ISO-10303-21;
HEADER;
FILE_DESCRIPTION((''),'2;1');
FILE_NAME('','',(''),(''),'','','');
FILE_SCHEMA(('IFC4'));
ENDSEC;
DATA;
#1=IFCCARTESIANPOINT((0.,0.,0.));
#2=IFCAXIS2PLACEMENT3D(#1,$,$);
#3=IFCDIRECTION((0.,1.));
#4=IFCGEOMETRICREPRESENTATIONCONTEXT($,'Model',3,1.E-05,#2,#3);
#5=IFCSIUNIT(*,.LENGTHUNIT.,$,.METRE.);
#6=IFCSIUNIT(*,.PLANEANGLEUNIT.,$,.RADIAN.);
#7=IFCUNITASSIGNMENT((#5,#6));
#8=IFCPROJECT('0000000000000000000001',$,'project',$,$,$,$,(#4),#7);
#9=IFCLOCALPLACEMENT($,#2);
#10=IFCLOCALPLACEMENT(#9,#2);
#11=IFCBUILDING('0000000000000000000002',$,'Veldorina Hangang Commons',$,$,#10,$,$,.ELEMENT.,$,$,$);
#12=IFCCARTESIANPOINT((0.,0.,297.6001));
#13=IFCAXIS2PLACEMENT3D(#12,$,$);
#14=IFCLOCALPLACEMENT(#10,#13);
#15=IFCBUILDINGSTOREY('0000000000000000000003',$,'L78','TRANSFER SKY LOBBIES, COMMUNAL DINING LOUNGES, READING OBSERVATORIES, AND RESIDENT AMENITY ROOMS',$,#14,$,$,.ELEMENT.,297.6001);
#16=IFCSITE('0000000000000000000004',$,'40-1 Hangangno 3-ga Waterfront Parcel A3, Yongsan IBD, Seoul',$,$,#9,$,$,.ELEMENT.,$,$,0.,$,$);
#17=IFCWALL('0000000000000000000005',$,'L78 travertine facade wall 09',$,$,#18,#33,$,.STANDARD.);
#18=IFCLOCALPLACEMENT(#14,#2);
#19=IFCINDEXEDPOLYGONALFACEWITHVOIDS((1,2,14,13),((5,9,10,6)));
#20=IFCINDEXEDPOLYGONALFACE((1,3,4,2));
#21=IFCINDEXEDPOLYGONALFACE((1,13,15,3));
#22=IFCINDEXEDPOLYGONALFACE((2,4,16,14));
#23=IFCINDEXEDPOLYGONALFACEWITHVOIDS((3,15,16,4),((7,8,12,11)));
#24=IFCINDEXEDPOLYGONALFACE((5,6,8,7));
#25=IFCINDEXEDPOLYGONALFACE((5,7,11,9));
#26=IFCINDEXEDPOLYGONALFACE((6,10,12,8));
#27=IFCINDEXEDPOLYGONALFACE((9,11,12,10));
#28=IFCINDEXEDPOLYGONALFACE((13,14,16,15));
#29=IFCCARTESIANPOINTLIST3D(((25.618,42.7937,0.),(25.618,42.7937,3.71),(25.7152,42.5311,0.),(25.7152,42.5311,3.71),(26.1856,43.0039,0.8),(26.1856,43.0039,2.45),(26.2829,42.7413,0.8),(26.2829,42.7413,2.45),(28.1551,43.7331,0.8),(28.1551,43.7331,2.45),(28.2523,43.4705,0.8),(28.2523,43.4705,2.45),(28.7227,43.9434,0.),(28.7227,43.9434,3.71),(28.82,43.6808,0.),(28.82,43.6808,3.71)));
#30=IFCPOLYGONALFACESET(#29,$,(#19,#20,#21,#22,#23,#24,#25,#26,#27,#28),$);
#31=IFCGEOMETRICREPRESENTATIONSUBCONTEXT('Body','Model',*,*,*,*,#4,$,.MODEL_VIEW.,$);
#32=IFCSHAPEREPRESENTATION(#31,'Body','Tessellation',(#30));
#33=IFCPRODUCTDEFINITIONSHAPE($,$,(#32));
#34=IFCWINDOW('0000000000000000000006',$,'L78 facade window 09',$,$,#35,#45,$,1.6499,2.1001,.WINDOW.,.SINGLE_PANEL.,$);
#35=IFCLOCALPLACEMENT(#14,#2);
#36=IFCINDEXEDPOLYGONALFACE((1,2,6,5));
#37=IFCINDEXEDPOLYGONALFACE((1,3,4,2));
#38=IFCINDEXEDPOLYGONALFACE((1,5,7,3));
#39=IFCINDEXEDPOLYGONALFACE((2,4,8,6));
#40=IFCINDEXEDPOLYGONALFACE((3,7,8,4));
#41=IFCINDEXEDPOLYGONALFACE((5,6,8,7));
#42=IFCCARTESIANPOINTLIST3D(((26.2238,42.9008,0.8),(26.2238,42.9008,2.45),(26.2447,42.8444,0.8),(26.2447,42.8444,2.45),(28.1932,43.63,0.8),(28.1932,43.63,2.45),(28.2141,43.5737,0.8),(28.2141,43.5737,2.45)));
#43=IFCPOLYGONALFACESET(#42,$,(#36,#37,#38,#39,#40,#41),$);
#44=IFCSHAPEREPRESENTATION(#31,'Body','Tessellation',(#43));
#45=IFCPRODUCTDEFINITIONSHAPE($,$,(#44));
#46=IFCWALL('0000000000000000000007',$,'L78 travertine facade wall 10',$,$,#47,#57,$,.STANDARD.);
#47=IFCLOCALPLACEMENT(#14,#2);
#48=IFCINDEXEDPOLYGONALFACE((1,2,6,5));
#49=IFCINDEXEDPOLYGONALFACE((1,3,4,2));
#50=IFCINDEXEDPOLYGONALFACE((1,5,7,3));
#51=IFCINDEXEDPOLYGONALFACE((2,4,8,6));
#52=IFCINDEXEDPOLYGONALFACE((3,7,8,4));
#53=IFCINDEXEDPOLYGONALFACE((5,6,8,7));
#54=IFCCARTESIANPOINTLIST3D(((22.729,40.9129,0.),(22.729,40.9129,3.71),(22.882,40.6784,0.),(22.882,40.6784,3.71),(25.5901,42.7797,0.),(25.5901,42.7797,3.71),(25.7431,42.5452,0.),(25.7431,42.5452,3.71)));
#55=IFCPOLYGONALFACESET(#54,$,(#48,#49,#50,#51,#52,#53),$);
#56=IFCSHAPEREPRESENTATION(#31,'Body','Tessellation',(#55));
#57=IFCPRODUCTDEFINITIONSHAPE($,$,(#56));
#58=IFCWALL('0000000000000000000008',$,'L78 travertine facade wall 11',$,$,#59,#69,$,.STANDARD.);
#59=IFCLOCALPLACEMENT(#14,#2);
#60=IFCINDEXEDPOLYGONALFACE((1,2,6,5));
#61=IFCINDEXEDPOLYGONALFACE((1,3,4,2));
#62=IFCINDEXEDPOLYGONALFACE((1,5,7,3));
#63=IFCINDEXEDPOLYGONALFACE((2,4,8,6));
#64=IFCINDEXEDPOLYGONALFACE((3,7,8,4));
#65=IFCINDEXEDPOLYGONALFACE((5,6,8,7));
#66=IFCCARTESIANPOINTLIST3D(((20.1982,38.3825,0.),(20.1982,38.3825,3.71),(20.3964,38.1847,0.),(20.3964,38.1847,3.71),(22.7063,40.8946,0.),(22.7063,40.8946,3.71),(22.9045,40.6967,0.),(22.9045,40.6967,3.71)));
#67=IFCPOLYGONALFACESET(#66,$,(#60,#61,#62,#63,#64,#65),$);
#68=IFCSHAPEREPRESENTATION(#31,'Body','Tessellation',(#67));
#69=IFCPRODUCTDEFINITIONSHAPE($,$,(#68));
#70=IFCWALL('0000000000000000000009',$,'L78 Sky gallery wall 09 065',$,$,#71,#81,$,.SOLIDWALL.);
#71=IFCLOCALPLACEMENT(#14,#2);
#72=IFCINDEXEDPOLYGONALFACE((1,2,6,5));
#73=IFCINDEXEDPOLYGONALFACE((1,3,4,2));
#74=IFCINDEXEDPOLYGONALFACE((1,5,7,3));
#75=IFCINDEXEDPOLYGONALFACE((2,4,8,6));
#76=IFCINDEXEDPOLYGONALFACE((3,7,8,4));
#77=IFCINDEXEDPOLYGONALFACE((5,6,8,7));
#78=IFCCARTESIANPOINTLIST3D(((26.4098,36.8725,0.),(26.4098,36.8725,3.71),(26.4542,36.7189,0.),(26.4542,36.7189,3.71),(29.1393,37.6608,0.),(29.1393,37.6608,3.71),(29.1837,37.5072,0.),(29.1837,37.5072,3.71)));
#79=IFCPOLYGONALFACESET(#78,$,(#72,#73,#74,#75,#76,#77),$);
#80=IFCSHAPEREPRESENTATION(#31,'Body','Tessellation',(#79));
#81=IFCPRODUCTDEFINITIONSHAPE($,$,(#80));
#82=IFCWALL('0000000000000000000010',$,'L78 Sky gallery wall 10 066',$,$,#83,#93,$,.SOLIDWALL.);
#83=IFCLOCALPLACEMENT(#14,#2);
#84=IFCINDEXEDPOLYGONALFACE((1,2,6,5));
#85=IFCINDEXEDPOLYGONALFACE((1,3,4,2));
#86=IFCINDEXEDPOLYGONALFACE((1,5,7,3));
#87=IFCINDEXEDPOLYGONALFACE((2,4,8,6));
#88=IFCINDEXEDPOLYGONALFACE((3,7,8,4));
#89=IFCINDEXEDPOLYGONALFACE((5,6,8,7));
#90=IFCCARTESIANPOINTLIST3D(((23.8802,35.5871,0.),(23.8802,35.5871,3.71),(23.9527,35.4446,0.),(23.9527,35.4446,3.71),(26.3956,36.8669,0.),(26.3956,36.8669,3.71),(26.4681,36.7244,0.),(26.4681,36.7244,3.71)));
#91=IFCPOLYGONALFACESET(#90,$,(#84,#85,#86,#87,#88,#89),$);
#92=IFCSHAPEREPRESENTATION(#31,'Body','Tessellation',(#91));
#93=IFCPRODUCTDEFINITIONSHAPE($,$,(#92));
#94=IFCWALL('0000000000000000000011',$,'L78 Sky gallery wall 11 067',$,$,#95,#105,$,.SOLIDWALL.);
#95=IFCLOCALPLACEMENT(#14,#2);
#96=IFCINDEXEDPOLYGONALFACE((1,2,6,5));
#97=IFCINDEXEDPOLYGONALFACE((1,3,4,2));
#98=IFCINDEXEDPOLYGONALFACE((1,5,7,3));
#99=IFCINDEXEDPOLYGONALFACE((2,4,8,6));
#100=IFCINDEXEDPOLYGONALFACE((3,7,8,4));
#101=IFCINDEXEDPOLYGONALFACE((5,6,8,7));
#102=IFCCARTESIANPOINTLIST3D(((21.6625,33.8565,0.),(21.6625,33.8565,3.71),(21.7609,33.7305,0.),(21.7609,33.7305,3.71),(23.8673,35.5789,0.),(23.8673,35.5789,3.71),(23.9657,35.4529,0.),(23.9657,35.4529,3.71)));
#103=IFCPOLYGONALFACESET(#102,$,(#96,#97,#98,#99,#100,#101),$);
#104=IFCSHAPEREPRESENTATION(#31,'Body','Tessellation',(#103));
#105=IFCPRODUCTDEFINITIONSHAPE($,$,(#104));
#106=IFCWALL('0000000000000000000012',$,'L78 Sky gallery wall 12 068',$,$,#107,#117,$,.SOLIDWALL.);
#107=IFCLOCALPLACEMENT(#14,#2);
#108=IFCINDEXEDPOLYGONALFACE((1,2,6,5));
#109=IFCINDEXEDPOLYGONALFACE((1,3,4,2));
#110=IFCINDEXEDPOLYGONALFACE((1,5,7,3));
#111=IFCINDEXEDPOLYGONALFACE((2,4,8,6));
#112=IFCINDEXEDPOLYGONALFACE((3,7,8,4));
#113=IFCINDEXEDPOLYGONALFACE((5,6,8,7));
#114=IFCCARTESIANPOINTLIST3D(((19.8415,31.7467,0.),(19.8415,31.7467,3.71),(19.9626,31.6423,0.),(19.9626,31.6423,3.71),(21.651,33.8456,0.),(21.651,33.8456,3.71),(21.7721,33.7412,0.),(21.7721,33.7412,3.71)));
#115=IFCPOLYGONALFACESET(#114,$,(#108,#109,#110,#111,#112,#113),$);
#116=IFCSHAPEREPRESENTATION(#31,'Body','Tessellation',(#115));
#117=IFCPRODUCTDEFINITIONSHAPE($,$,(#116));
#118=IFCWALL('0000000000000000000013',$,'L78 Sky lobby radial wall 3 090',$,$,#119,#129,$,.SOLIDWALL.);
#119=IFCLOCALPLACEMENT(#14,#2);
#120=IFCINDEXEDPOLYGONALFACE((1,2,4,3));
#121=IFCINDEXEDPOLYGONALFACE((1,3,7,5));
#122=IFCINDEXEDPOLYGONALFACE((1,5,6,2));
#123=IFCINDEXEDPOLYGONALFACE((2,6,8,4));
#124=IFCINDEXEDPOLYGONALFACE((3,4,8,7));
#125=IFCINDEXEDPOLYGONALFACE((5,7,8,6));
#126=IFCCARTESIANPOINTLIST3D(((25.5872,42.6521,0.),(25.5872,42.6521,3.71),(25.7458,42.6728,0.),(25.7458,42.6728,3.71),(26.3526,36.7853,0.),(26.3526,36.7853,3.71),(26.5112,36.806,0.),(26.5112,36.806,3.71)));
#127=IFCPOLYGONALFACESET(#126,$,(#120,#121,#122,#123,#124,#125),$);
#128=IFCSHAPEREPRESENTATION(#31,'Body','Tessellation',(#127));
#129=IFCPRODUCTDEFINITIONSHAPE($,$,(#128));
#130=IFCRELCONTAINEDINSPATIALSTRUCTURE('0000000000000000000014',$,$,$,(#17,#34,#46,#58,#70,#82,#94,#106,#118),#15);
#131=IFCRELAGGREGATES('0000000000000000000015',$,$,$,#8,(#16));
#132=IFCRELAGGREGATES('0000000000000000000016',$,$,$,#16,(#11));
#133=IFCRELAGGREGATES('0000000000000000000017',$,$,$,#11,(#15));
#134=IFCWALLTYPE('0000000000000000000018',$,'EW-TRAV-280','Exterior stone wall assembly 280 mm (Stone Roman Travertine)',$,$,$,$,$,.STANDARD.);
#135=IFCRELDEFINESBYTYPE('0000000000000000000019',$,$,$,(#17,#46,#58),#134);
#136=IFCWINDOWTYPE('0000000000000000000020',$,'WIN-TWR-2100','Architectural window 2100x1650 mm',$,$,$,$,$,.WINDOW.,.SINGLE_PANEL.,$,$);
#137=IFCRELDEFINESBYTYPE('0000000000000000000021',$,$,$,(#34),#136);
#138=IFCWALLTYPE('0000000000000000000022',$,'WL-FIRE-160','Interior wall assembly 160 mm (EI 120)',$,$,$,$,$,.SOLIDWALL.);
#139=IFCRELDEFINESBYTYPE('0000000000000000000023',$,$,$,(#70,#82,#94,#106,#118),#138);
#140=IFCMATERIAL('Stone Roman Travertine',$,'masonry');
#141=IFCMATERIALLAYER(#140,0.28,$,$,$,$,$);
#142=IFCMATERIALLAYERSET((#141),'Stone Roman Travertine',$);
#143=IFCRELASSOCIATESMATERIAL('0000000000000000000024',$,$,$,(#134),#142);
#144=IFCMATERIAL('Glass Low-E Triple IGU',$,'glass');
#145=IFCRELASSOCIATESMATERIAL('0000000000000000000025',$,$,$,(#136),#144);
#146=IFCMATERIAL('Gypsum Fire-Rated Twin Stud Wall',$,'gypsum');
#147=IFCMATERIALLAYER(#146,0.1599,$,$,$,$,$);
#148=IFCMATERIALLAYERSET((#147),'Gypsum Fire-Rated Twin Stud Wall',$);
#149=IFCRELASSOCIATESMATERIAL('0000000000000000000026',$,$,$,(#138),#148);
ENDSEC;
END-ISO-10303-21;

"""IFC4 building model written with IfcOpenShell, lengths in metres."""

from ifc_helpers import new_model, si_unit, direction, frame, frame_2d, origin, place, context, subcontext, project, spatial, rectangle, extrude, material, layer, layer_set, type_object, element, fill, save


model = new_model("IFC4")

# Units and contexts
model_context = context("Model", 3, precision=1e-05, world=origin(), true_north=direction((0.0, 1.0)))
body_context = subcontext(model_context, "Body", "Model", "MODEL_VIEW")
ifc_project = project(units=[si_unit("LENGTHUNIT", "METRE"), si_unit("PLANEANGLEUNIT", "RADIAN")], contexts=[model_context])

# Site, building, storey
site_placement = place(None, origin())
site = spatial("IfcSite", under=ifc_project, at=site_placement, Name="40-1 Hangangno 3-ga Waterfront Parcel A3, Yongsan IBD, Seoul", CompositionType="ELEMENT", RefElevation=0.0)
building_placement = place(site_placement, origin())
building = spatial("IfcBuilding", under=site, at=building_placement, Name="Veldorina Hangang Commons", CompositionType="ELEMENT")
storey_placement = place(building_placement, frame((0.0, 0.0, 297.6001)))
storey = spatial("IfcBuildingStorey", under=building, at=storey_placement, Name="L78", Description="TRANSFER SKY LOBBIES, COMMUNAL DINING LOUNGES, READING OBSERVATORIES, AND RESIDENT AMENITY ROOMS", CompositionType="ELEMENT", Elevation=297.6001)

# Wall, opening, window
ifc_material_1 = material(Name="Stone Roman Travertine", Category="masonry")
ifc_layer_1 = layer(ifc_material_1, 0.28)
ifc_layer_set_1 = layer_set([ifc_layer_1], Name="Stone Roman Travertine")
wall_type_1 = type_object("IfcWallType", Name="EW-TRAV-280", Description="Exterior stone wall assembly 280 mm (Stone Roman Travertine)", PredefinedType="STANDARD", material=ifc_layer_set_1)
wall_1_placement = place(storey_placement, frame((28.7712, 43.812, 0.0), z_axis=(0.0, 0.0, 1.0), x_axis=(-0.937773, -0.34725, 0.0)))
wall_1 = element("IfcWall", 1, at=wall_1_placement, inside=storey, type_object=wall_type_1, Name="L78 travertine facade wall 09", PredefinedType="STANDARD", context=body_context, shape_type="SweptSolid", body=[
    extrude(rectangle(XDim=3.3108, YDim=0.28, at=frame_2d((1.6553, 0.0))), origin(), (0.0, 0.0, 1.0), 3.71),
])
opening_placement = place(wall_1_placement, frame((0.6052, 0.0, 0.8)))
opening = element("IfcOpeningElement", 2, at=opening_placement, cuts=wall_1, PredefinedType="OPENING", context=body_context, shape_type="SweptSolid", body=[
    extrude(rectangle(XDim=2.1001, YDim=1.6499, at=frame_2d((1.05, 0.825))), frame((0.0, 0.1499, 0.0), z_axis=(0.0, -1.0, 0.0), x_axis=(1.0, 0.0, 0.0)), (0.0, 0.0, 1.0), 0.3),
])
ifc_material_2 = material(Name="Glass Low-E Triple IGU", Category="glass")
window_type = type_object("IfcWindowType", Name="WIN-TWR-2100", Description="Architectural window 2100x1650 mm", PartitioningType="SINGLE_PANEL", PredefinedType="WINDOW", material=ifc_material_2)
window_placement = place(opening_placement, origin())
window = element("IfcWindow", 3, at=window_placement, inside=storey, type_object=window_type, Name="L78 facade window 09", OverallHeight=1.6499, OverallWidth=2.1001, PartitioningType="SINGLE_PANEL", PredefinedType="WINDOW", context=body_context, shape_type="SweptSolid", body=[
    extrude(rectangle(XDim=2.1001, YDim=1.6499, at=frame_2d((1.05, 0.825))), frame((0.0, 0.03, 0.0), z_axis=(0.0, -1.0, 0.0), x_axis=(1.0, 0.0, 0.0)), (0.0, 0.0, 1.0), 0.0601),
])
fill(opening, window)

# Walls
wall_2_placement = place(storey_placement, frame((25.6665, 42.6624, 0.0), z_axis=(0.0, 0.0, 1.0), x_axis=(-0.837507, -0.546427, 0.0)))
element("IfcWall", 4, at=wall_2_placement, inside=storey, type_object=wall_type_1, Name="L78 travertine facade wall 10", PredefinedType="STANDARD", context=body_context, shape_type="SweptSolid", body=[
    extrude(rectangle(XDim=3.4163, YDim=0.28, at=frame_2d((1.708, 0.0))), origin(), (0.0, 0.0, 1.0), 3.71),
])
wall_3_placement = place(storey_placement, frame((22.8054, 40.7957, 0.0), z_axis=(0.0, 0.0, 1.0), x_axis=(-0.706556, -0.707657, 0.0)))
element("IfcWall", 5, at=wall_3_placement, inside=storey, type_object=wall_type_1, Name="L78 travertine facade wall 11", PredefinedType="STANDARD", context=body_context, shape_type="SweptSolid", body=[
    extrude(rectangle(XDim=3.5498, YDim=0.28, at=frame_2d((1.7749, 0.0))), origin(), (0.0, 0.0, 1.0), 3.71),
])
ifc_material_3 = material(Name="Gypsum Fire-Rated Twin Stud Wall", Category="gypsum")
ifc_layer_2 = layer(ifc_material_3, 0.1599)
ifc_layer_set_2 = layer_set([ifc_layer_2], Name="Gypsum Fire-Rated Twin Stud Wall")
wall_type_2 = type_object("IfcWallType", Name="WL-FIRE-160", Description="Interior wall assembly 160 mm (EI 120)", PredefinedType="SOLIDWALL", material=ifc_layer_set_2)
wall_4_placement = place(storey_placement, frame((29.1614, 37.584, 0.0), z_axis=(0.0, 0.0, 1.0), x_axis=(-0.960732, -0.277478, 0.0)))
element("IfcWall", 6, at=wall_4_placement, inside=storey, type_object=wall_type_2, Name="L78 Sky gallery wall 09 065", PredefinedType="SOLIDWALL", context=body_context, shape_type="SweptSolid", body=[
    extrude(rectangle(XDim=2.8411, YDim=0.1599, at=frame_2d((1.4204, 0.0))), origin(), (0.0, 0.0, 1.0), 3.71),
])
wall_5_placement = place(storey_placement, frame((26.4319, 36.7957, 0.0), z_axis=(0.0, 0.0, 1.0), x_axis=(-0.891274, -0.453466, 0.0)))
element("IfcWall", 7, at=wall_5_placement, inside=storey, type_object=wall_type_2, Name="L78 Sky gallery wall 10 066", PredefinedType="SOLIDWALL", context=body_context, shape_type="SweptSolid", body=[
    extrude(rectangle(XDim=2.8223, YDim=0.1599, at=frame_2d((1.4111, 0.0))), origin(), (0.0, 0.0, 1.0), 3.71),
])
wall_6_placement = place(storey_placement, frame((23.9165, 35.5159, 0.0), z_axis=(0.0, 0.0, 1.0), x_axis=(-0.788044, -0.615619, 0.0)))
element("IfcWall", 8, at=wall_6_placement, inside=storey, type_object=wall_type_2, Name="L78 Sky gallery wall 11 067", PredefinedType="SOLIDWALL", context=body_context, shape_type="SweptSolid", body=[
    extrude(rectangle(XDim=2.7979, YDim=0.1599, at=frame_2d((1.3989, 0.0))), origin(), (0.0, 0.0, 1.0), 3.71),
])
wall_7_placement = place(storey_placement, frame((21.7117, 33.7935, 0.0), z_axis=(0.0, 0.0, 1.0), x_axis=(-0.65298, -0.757375, 0.0)))
element("IfcWall", 9, at=wall_7_placement, inside=storey, type_object=wall_type_2, Name="L78 Sky gallery wall 12 068", PredefinedType="SOLIDWALL", context=body_context, shape_type="SweptSolid", body=[
    extrude(rectangle(XDim=2.7712, YDim=0.1599, at=frame_2d((1.3857, 0.0))), origin(), (0.0, 0.0, 1.0), 3.71),
])
wall_8_placement = place(storey_placement, frame((26.4319, 36.7957, 0.0), z_axis=(0.0, 0.0, 1.0), x_axis=(-0.129366, 0.991597, 0.0)))
element("IfcWall", 10, at=wall_8_placement, inside=storey, type_object=wall_type_2, Name="L78 Sky lobby radial wall 3 090", PredefinedType="SOLIDWALL", context=body_context, shape_type="SweptSolid", body=[
    extrude(rectangle(XDim=5.9165, YDim=0.1599, at=frame_2d((2.9583, 0.0))), origin(), (0.0, 0.0, 1.0), 3.71),
])

save(model, "model.ifc")
